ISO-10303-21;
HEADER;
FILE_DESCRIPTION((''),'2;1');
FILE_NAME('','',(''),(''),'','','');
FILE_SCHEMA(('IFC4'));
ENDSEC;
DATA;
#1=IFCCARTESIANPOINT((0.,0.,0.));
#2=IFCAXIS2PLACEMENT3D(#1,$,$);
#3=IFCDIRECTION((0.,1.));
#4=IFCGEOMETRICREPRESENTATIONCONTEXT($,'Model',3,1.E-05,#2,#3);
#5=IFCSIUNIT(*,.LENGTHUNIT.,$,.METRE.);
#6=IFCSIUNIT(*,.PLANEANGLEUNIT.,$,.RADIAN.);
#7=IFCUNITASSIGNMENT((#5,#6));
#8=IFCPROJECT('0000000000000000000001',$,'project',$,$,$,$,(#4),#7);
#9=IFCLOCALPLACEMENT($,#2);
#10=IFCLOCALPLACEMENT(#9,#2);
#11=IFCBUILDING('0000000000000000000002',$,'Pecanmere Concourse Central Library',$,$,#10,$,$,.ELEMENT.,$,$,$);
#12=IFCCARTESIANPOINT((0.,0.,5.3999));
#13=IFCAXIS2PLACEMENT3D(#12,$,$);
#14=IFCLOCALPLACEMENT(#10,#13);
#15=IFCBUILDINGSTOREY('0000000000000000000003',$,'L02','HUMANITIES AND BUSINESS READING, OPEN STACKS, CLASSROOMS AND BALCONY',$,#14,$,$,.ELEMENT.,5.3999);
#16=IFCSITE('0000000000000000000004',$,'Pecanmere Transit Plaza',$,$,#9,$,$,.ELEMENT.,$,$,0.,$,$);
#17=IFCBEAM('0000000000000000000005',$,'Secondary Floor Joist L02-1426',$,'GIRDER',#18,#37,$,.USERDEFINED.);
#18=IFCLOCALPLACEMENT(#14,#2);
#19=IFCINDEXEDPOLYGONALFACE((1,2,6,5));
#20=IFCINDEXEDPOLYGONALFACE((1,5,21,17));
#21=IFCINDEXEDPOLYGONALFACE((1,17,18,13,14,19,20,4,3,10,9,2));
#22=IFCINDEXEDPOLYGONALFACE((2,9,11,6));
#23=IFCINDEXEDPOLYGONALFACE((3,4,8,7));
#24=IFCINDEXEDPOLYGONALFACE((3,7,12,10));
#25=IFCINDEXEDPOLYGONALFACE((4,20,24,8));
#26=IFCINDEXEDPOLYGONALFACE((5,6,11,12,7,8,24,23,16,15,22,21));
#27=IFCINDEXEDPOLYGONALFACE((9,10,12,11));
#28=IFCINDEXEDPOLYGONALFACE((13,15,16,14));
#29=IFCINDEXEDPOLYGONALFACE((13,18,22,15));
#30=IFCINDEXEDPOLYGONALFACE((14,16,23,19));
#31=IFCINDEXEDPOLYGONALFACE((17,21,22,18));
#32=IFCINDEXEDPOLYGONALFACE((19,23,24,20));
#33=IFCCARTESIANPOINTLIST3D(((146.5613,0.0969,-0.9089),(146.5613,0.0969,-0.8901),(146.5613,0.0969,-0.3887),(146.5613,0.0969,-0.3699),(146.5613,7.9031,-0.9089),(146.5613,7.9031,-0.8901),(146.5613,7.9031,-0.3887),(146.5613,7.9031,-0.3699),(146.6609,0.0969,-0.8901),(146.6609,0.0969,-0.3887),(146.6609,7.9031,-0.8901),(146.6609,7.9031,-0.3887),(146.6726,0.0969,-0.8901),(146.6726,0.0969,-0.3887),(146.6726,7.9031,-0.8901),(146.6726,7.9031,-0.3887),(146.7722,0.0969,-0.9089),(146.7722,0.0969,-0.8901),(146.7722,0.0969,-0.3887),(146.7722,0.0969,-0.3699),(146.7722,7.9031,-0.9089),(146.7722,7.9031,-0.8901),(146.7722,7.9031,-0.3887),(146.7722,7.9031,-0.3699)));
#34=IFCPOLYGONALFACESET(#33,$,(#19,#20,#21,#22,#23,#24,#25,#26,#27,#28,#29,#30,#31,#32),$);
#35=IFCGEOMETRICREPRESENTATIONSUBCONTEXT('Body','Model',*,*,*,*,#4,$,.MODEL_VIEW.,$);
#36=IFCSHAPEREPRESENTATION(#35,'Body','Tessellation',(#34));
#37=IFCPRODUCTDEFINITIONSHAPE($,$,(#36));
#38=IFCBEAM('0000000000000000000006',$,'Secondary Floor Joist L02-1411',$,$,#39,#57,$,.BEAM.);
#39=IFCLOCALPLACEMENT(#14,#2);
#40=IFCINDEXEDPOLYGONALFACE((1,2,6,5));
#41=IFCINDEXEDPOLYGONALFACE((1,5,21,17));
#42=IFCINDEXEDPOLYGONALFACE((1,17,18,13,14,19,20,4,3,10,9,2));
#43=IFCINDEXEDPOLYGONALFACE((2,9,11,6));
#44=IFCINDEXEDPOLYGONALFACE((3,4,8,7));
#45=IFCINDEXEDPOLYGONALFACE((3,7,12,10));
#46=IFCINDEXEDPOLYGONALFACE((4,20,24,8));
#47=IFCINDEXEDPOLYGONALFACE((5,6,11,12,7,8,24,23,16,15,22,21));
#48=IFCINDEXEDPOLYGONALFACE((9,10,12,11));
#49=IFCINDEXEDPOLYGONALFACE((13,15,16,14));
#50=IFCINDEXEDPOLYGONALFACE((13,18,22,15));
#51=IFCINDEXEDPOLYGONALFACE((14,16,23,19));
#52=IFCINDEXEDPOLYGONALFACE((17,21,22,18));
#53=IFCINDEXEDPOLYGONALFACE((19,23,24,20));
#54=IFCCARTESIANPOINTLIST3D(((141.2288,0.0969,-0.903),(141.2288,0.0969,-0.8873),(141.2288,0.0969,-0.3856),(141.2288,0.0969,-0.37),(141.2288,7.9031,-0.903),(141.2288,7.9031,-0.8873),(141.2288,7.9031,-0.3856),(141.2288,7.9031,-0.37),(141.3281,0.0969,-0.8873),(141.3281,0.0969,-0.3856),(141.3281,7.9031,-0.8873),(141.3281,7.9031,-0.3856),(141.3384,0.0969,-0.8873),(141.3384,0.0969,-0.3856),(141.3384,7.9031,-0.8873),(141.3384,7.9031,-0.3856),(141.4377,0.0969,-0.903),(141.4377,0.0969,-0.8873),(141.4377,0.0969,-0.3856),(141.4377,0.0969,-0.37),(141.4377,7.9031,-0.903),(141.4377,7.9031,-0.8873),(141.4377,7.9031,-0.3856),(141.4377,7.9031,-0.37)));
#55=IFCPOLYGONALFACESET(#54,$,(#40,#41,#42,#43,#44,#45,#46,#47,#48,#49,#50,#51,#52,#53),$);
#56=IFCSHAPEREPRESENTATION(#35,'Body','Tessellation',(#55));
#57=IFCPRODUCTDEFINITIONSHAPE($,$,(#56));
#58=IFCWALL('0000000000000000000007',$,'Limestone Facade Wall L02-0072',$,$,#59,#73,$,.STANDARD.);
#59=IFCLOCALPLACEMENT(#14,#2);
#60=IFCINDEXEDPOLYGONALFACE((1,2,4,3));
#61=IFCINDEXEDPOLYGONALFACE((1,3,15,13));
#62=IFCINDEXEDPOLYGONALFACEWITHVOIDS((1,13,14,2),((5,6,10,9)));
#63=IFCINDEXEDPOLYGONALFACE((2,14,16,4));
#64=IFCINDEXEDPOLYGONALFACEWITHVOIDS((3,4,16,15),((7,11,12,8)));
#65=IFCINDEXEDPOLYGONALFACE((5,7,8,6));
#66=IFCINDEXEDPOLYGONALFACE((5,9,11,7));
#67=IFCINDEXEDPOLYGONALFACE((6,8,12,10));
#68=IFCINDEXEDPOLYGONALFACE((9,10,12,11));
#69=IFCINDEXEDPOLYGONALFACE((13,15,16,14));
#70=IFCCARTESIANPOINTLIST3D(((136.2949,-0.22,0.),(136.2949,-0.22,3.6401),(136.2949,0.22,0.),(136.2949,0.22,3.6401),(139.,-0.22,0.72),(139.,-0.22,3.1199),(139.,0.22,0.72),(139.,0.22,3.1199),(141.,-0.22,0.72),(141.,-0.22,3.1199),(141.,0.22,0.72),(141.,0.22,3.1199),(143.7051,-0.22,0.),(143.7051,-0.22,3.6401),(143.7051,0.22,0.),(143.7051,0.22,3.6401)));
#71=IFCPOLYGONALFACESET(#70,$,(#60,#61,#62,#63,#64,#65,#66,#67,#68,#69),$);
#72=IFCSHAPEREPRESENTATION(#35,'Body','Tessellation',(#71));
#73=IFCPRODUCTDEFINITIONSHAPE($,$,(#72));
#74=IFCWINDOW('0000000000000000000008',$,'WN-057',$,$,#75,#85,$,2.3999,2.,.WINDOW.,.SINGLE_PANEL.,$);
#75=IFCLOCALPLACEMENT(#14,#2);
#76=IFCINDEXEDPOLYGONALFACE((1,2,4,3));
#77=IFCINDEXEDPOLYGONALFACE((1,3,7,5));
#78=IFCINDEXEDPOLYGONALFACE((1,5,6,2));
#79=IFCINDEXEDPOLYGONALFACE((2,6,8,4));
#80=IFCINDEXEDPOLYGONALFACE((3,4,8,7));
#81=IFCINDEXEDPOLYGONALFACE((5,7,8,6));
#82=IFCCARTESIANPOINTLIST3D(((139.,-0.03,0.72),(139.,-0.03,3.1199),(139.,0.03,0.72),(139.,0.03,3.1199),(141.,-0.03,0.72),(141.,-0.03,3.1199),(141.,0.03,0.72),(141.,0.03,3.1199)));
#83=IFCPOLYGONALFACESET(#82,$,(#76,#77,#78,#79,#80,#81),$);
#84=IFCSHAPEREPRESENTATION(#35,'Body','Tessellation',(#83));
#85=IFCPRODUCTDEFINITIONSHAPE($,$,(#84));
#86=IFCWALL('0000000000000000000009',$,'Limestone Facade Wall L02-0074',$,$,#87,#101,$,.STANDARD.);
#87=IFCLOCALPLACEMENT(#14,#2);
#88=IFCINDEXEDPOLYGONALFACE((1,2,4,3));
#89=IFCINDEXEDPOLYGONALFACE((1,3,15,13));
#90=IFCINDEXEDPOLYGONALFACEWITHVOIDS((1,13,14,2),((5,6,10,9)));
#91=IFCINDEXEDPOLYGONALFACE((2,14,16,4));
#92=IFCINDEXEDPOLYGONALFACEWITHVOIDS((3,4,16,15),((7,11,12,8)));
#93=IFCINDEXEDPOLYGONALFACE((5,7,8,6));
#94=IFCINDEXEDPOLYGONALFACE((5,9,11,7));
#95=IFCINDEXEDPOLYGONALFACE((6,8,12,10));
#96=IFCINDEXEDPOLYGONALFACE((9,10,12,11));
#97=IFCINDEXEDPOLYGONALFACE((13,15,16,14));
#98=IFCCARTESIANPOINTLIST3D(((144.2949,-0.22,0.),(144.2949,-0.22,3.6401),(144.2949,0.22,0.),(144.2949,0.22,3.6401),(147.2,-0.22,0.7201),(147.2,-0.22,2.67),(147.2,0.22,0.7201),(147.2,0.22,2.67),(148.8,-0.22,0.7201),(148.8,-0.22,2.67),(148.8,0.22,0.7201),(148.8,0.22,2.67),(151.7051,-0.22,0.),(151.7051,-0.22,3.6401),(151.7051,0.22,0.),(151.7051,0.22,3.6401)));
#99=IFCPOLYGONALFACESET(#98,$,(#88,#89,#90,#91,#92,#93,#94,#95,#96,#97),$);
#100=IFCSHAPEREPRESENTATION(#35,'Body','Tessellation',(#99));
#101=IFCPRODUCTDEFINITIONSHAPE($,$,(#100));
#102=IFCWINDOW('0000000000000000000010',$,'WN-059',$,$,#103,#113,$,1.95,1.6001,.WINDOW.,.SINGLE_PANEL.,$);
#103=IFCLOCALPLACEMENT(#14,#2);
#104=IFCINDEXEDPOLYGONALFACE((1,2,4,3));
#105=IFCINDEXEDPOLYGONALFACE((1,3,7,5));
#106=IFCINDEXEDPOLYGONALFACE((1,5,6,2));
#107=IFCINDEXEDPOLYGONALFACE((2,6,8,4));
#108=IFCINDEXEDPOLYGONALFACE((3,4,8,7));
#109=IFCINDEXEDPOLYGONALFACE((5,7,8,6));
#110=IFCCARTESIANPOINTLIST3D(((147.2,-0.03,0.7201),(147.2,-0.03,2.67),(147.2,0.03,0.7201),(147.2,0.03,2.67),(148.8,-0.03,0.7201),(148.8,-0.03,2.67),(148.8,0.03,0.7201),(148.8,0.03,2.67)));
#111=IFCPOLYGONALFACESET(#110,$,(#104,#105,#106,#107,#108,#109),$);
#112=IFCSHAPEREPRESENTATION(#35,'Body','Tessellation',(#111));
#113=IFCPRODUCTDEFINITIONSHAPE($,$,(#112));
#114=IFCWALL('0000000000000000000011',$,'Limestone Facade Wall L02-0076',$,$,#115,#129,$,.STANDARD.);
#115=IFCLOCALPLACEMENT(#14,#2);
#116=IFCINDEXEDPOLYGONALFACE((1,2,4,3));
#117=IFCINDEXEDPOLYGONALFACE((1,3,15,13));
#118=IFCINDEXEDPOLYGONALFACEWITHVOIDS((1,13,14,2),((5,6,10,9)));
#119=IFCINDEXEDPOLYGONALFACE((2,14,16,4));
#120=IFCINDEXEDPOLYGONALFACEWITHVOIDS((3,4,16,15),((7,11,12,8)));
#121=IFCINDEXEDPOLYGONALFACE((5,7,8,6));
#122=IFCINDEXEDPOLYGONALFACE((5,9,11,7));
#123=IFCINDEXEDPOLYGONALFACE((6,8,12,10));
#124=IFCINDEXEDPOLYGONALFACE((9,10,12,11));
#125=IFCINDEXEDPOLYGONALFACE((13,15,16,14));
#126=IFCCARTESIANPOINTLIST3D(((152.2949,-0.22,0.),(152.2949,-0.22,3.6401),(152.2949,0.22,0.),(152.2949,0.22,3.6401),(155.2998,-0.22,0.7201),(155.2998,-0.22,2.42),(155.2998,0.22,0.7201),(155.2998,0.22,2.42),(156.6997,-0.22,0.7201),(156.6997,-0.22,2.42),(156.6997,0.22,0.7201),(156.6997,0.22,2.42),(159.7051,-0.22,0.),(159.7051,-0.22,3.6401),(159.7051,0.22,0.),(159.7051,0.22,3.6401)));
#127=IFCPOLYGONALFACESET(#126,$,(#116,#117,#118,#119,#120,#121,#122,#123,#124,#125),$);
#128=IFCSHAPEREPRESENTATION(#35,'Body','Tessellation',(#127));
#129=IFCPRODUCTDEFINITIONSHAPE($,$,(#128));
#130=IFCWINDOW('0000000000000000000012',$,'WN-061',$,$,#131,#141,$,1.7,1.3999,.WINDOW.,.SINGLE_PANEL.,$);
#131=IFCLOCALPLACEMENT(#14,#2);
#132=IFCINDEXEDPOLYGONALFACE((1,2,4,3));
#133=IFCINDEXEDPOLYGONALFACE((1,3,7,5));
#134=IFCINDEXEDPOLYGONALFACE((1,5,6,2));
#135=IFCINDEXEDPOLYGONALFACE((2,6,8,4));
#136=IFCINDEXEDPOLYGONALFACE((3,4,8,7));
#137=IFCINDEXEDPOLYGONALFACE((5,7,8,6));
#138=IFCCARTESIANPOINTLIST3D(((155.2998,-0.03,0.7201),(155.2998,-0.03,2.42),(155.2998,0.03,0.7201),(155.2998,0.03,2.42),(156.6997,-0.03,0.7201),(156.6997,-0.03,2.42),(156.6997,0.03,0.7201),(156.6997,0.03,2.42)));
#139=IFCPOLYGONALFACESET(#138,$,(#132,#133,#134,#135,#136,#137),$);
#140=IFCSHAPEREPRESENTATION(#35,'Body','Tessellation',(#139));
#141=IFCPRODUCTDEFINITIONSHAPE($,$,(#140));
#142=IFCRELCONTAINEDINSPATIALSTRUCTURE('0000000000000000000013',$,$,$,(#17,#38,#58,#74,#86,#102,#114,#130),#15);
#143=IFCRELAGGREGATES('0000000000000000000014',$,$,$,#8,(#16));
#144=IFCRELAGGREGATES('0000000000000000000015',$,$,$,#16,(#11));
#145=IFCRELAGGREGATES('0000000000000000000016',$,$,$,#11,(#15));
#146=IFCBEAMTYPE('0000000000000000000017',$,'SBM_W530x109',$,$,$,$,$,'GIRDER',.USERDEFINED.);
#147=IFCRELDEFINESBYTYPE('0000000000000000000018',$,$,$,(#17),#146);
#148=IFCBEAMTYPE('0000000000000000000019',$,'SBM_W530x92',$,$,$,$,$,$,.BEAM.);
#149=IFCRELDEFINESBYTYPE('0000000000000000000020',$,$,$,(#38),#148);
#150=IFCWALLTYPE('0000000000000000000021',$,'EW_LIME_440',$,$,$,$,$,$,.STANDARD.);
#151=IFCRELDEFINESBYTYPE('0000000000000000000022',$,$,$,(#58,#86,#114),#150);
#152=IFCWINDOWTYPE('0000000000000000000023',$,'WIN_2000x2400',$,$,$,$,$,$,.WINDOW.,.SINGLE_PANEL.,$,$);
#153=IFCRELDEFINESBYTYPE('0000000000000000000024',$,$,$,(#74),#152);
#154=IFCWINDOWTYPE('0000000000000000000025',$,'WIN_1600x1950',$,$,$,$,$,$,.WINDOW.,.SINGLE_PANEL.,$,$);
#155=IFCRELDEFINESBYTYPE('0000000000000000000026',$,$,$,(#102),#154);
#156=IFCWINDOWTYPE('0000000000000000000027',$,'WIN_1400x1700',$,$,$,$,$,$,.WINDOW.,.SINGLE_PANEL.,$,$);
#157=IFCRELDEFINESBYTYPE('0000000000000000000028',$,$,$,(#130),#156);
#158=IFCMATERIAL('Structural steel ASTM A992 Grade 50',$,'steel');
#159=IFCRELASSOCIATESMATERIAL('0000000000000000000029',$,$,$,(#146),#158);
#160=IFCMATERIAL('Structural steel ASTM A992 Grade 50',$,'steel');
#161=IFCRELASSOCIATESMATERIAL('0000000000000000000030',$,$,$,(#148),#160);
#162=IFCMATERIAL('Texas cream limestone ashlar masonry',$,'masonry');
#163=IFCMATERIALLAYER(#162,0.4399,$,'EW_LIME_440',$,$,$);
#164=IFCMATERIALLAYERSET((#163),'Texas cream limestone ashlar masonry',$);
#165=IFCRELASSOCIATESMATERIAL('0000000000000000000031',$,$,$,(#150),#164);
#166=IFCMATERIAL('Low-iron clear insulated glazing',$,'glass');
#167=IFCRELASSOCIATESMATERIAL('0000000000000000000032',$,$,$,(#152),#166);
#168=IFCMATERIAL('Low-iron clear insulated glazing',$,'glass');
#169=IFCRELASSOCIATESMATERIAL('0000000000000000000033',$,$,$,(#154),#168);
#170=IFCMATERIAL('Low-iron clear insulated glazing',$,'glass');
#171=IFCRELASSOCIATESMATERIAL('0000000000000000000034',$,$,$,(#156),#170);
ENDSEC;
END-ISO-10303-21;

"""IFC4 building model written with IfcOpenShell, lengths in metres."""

from ifc_helpers import new_model, si_unit, direction, frame, frame_2d, origin, origin_2d, place, context, subcontext, project, spatial, rectangle, i_section, extrude, material, layer, layer_set, material_profile, profile_set, type_object, element, fill, save


model = new_model("IFC4")

# Units and contexts
model_context = context("Model", 3, precision=1e-05, world=origin(), true_north=direction((0.0, 1.0)))
body_context = subcontext(model_context, "Body", "Model", "MODEL_VIEW")
ifc_project = project(units=[si_unit("LENGTHUNIT", "METRE"), si_unit("PLANEANGLEUNIT", "RADIAN")], contexts=[model_context])

# Site, building, storey
site_placement = place(None, origin())
site = spatial("IfcSite", under=ifc_project, at=site_placement, Name="Pecanmere Transit Plaza", CompositionType="ELEMENT", RefElevation=0.0)
building_placement = place(site_placement, origin())
building = spatial("IfcBuilding", under=site, at=building_placement, Name="Pecanmere Concourse Central Library", CompositionType="ELEMENT")
storey_placement = place(building_placement, frame((0.0, 0.0, 5.3999)))
storey = spatial("IfcBuildingStorey", under=building, at=storey_placement, Name="L02", Description="HUMANITIES AND BUSINESS READING, OPEN STACKS, CLASSROOMS AND BALCONY", CompositionType="ELEMENT", Elevation=5.3999)

# Beams
ifc_material_1 = material(Name="Structural steel ASTM A992 Grade 50", Category="steel")
ifc_material_profile_1 = material_profile(ifc_material_1, i_section(OverallWidth=0.2109, OverallDepth=0.5391, WebThickness=0.0117, FlangeThickness=0.0188, at=origin_2d()), Name="W530x109")
ifc_profile_set_1 = profile_set([ifc_material_profile_1], Name="Structural steel ASTM A992 Grade 50")
beam_type_1 = type_object("IfcBeamType", Name="SBM_W530x109", ElementType="GIRDER", PredefinedType="USERDEFINED", material=ifc_profile_set_1)
for number, where, z_axis, x_axis, name in (
    (1, (146.6667, 0.0969, -0.6394), (0.0, 1.0, 0.0), (-1.0, 0.0, 0.0), "Secondary Floor Joist L02-1426"),
):
    element("IfcBeam", number, at=place(storey_placement, frame(where, z_axis=z_axis, x_axis=x_axis)), inside=storey, type_object=beam_type_1, Name=name, ObjectType="GIRDER", PredefinedType="USERDEFINED", context=body_context, shape_type="SweptSolid", body=[
        extrude(i_section(OverallWidth=0.2109, OverallDepth=0.5391, WebThickness=0.0117, FlangeThickness=0.0188, at=origin_2d()), origin(), (0.0, 0.0, 1.0), 7.8062),
    ])
ifc_material_2 = material(Name="Structural steel ASTM A992 Grade 50", Category="steel")
ifc_material_profile_2 = material_profile(ifc_material_2, i_section(OverallWidth=0.209, OverallDepth=0.533, WebThickness=0.0103, FlangeThickness=0.0156, at=origin_2d()), Name="W530x92")
ifc_profile_set_2 = profile_set([ifc_material_profile_2], Name="Structural steel ASTM A992 Grade 50")
beam_type_2 = type_object("IfcBeamType", Name="SBM_W530x92", PredefinedType="BEAM", material=ifc_profile_set_2)
beam_1_placement = place(storey_placement, frame((141.3333, 0.0969, -0.6365), z_axis=(0.0, 1.0, 0.0), x_axis=(-1.0, 0.0, 0.0)))
element("IfcBeam", 2, at=beam_1_placement, inside=storey, type_object=beam_type_2, Name="Secondary Floor Joist L02-1411", PredefinedType="BEAM", context=body_context, shape_type="SweptSolid", body=[
    extrude(i_section(OverallWidth=0.209, OverallDepth=0.533, WebThickness=0.0103, FlangeThickness=0.0156, at=origin_2d()), origin(), (0.0, 0.0, 1.0), 7.8062),
])

# Walls, openings, windows
ifc_material_3 = material(Name="Texas cream limestone ashlar masonry", Category="masonry")
ifc_layer = layer(ifc_material_3, 0.4399, Name="EW_LIME_440")
ifc_layer_set = layer_set([ifc_layer], Name="Texas cream limestone ashlar masonry")
wall_type = type_object("IfcWallType", Name="EW_LIME_440", PredefinedType="STANDARD", material=ifc_layer_set)
wall_1_placement = place(storey_placement, frame((136.2949, 0.0, 0.0), z_axis=(0.0, 0.0, 1.0), x_axis=(1.0, 0.0, 0.0)))
wall_1 = element("IfcWall", 3, at=wall_1_placement, inside=storey, type_object=wall_type, Name="Limestone Facade Wall L02-0072", PredefinedType="STANDARD", context=body_context, shape_type="SweptSolid", body=[
    extrude(rectangle(XDim=7.4102, YDim=0.4399, at=frame_2d((3.7051, 0.0))), origin(), (0.0, 0.0, 1.0), 3.6401),
])
opening_1_placement = place(wall_1_placement, frame((2.7051, 0.0, 0.72)))
opening_1 = element("IfcOpeningElement", 4, at=opening_1_placement, cuts=wall_1, PredefinedType="OPENING", context=body_context, shape_type="SweptSolid", body=[
    extrude(rectangle(XDim=2.0, YDim=2.3999, at=frame_2d((1.0, 1.2))), frame((0.0, 0.2319, 0.0), z_axis=(0.0, -1.0, 0.0), x_axis=(1.0, 0.0, 0.0)), (0.0, 0.0, 1.0), 0.4639),
])
ifc_material_4 = material(Name="Low-iron clear insulated glazing", Category="glass")
window_type_1 = type_object("IfcWindowType", Name="WIN_2000x2400", PartitioningType="SINGLE_PANEL", PredefinedType="WINDOW", material=ifc_material_4)
window_1_placement = place(opening_1_placement, origin())
window_1 = element("IfcWindow", 5, at=window_1_placement, inside=storey, type_object=window_type_1, Name="WN-057", OverallHeight=2.3999, OverallWidth=2.0, PartitioningType="SINGLE_PANEL", PredefinedType="WINDOW", context=body_context, shape_type="SweptSolid", body=[
    extrude(rectangle(XDim=2.0, YDim=2.3999, at=frame_2d((1.0, 1.2))), frame((0.0, 0.03, 0.0), z_axis=(0.0, -1.0, 0.0), x_axis=(1.0, 0.0, 0.0)), (0.0, 0.0, 1.0), 0.0601),
])
fill(opening_1, window_1)
wall_2_placement = place(storey_placement, frame((144.2949, 0.0, 0.0), z_axis=(0.0, 0.0, 1.0), x_axis=(1.0, 0.0, 0.0)))
wall_2 = element("IfcWall", 6, at=wall_2_placement, inside=storey, type_object=wall_type, Name="Limestone Facade Wall L02-0074", PredefinedType="STANDARD", context=body_context, shape_type="SweptSolid", body=[
    extrude(rectangle(XDim=7.4102, YDim=0.4399, at=frame_2d((3.7051, 0.0))), origin(), (0.0, 0.0, 1.0), 3.6401),
])
opening_2_placement = place(wall_2_placement, frame((2.905, 0.0, 0.72)))
opening_2 = element("IfcOpeningElement", 7, at=opening_2_placement, cuts=wall_2, PredefinedType="OPENING", context=body_context, shape_type="SweptSolid", body=[
    extrude(rectangle(XDim=1.6001, YDim=1.95, at=frame_2d((0.8, 0.9751))), frame((0.0, 0.2319, 0.0), z_axis=(0.0, -1.0, 0.0), x_axis=(1.0, 0.0, 0.0)), (0.0, 0.0, 1.0), 0.4639),
])
ifc_material_5 = material(Name="Low-iron clear insulated glazing", Category="glass")
window_type_2 = type_object("IfcWindowType", Name="WIN_1600x1950", PartitioningType="SINGLE_PANEL", PredefinedType="WINDOW", material=ifc_material_5)
window_2_placement = place(opening_2_placement, origin())
window_2 = element("IfcWindow", 8, at=window_2_placement, inside=storey, type_object=window_type_2, Name="WN-059", OverallHeight=1.95, OverallWidth=1.6001, PartitioningType="SINGLE_PANEL", PredefinedType="WINDOW", context=body_context, shape_type="SweptSolid", body=[
    extrude(rectangle(XDim=1.6001, YDim=1.95, at=frame_2d((0.8, 0.9751))), frame((0.0, 0.03, 0.0), z_axis=(0.0, -1.0, 0.0), x_axis=(1.0, 0.0, 0.0)), (0.0, 0.0, 1.0), 0.0601),
])
fill(opening_2, window_2)
wall_3_placement = place(storey_placement, frame((152.2949, 0.0, 0.0), z_axis=(0.0, 0.0, 1.0), x_axis=(1.0, 0.0, 0.0)))
wall_3 = element("IfcWall", 9, at=wall_3_placement, inside=storey, type_object=wall_type, Name="Limestone Facade Wall L02-0076", PredefinedType="STANDARD", context=body_context, shape_type="SweptSolid", body=[
    extrude(rectangle(XDim=7.4102, YDim=0.4399, at=frame_2d((3.7051, 0.0))), origin(), (0.0, 0.0, 1.0), 3.6401),
])
opening_3_placement = place(wall_3_placement, frame((3.0049, 0.0, 0.72)))
opening_3 = element("IfcOpeningElement", 10, at=opening_3_placement, cuts=wall_3, PredefinedType="OPENING", context=body_context, shape_type="SweptSolid", body=[
    extrude(rectangle(XDim=1.3999, YDim=1.7, at=frame_2d((0.7, 0.8501))), frame((0.0, 0.2319, 0.0), z_axis=(0.0, -1.0, 0.0), x_axis=(1.0, 0.0, 0.0)), (0.0, 0.0, 1.0), 0.4639),
])
ifc_material_6 = material(Name="Low-iron clear insulated glazing", Category="glass")
window_type_3 = type_object("IfcWindowType", Name="WIN_1400x1700", PartitioningType="SINGLE_PANEL", PredefinedType="WINDOW", material=ifc_material_6)
window_3_placement = place(opening_3_placement, origin())
window_3 = element("IfcWindow", 11, at=window_3_placement, inside=storey, type_object=window_type_3, Name="WN-061", OverallHeight=1.7, OverallWidth=1.3999, PartitioningType="SINGLE_PANEL", PredefinedType="WINDOW", context=body_context, shape_type="SweptSolid", body=[
    extrude(rectangle(XDim=1.3999, YDim=1.7, at=frame_2d((0.7, 0.8501))), frame((0.0, 0.03, 0.0), z_axis=(0.0, -1.0, 0.0), x_axis=(1.0, 0.0, 0.0)), (0.0, 0.0, 1.0), 0.0601),
])
fill(opening_3, window_3)

save(model, "model.ifc")
